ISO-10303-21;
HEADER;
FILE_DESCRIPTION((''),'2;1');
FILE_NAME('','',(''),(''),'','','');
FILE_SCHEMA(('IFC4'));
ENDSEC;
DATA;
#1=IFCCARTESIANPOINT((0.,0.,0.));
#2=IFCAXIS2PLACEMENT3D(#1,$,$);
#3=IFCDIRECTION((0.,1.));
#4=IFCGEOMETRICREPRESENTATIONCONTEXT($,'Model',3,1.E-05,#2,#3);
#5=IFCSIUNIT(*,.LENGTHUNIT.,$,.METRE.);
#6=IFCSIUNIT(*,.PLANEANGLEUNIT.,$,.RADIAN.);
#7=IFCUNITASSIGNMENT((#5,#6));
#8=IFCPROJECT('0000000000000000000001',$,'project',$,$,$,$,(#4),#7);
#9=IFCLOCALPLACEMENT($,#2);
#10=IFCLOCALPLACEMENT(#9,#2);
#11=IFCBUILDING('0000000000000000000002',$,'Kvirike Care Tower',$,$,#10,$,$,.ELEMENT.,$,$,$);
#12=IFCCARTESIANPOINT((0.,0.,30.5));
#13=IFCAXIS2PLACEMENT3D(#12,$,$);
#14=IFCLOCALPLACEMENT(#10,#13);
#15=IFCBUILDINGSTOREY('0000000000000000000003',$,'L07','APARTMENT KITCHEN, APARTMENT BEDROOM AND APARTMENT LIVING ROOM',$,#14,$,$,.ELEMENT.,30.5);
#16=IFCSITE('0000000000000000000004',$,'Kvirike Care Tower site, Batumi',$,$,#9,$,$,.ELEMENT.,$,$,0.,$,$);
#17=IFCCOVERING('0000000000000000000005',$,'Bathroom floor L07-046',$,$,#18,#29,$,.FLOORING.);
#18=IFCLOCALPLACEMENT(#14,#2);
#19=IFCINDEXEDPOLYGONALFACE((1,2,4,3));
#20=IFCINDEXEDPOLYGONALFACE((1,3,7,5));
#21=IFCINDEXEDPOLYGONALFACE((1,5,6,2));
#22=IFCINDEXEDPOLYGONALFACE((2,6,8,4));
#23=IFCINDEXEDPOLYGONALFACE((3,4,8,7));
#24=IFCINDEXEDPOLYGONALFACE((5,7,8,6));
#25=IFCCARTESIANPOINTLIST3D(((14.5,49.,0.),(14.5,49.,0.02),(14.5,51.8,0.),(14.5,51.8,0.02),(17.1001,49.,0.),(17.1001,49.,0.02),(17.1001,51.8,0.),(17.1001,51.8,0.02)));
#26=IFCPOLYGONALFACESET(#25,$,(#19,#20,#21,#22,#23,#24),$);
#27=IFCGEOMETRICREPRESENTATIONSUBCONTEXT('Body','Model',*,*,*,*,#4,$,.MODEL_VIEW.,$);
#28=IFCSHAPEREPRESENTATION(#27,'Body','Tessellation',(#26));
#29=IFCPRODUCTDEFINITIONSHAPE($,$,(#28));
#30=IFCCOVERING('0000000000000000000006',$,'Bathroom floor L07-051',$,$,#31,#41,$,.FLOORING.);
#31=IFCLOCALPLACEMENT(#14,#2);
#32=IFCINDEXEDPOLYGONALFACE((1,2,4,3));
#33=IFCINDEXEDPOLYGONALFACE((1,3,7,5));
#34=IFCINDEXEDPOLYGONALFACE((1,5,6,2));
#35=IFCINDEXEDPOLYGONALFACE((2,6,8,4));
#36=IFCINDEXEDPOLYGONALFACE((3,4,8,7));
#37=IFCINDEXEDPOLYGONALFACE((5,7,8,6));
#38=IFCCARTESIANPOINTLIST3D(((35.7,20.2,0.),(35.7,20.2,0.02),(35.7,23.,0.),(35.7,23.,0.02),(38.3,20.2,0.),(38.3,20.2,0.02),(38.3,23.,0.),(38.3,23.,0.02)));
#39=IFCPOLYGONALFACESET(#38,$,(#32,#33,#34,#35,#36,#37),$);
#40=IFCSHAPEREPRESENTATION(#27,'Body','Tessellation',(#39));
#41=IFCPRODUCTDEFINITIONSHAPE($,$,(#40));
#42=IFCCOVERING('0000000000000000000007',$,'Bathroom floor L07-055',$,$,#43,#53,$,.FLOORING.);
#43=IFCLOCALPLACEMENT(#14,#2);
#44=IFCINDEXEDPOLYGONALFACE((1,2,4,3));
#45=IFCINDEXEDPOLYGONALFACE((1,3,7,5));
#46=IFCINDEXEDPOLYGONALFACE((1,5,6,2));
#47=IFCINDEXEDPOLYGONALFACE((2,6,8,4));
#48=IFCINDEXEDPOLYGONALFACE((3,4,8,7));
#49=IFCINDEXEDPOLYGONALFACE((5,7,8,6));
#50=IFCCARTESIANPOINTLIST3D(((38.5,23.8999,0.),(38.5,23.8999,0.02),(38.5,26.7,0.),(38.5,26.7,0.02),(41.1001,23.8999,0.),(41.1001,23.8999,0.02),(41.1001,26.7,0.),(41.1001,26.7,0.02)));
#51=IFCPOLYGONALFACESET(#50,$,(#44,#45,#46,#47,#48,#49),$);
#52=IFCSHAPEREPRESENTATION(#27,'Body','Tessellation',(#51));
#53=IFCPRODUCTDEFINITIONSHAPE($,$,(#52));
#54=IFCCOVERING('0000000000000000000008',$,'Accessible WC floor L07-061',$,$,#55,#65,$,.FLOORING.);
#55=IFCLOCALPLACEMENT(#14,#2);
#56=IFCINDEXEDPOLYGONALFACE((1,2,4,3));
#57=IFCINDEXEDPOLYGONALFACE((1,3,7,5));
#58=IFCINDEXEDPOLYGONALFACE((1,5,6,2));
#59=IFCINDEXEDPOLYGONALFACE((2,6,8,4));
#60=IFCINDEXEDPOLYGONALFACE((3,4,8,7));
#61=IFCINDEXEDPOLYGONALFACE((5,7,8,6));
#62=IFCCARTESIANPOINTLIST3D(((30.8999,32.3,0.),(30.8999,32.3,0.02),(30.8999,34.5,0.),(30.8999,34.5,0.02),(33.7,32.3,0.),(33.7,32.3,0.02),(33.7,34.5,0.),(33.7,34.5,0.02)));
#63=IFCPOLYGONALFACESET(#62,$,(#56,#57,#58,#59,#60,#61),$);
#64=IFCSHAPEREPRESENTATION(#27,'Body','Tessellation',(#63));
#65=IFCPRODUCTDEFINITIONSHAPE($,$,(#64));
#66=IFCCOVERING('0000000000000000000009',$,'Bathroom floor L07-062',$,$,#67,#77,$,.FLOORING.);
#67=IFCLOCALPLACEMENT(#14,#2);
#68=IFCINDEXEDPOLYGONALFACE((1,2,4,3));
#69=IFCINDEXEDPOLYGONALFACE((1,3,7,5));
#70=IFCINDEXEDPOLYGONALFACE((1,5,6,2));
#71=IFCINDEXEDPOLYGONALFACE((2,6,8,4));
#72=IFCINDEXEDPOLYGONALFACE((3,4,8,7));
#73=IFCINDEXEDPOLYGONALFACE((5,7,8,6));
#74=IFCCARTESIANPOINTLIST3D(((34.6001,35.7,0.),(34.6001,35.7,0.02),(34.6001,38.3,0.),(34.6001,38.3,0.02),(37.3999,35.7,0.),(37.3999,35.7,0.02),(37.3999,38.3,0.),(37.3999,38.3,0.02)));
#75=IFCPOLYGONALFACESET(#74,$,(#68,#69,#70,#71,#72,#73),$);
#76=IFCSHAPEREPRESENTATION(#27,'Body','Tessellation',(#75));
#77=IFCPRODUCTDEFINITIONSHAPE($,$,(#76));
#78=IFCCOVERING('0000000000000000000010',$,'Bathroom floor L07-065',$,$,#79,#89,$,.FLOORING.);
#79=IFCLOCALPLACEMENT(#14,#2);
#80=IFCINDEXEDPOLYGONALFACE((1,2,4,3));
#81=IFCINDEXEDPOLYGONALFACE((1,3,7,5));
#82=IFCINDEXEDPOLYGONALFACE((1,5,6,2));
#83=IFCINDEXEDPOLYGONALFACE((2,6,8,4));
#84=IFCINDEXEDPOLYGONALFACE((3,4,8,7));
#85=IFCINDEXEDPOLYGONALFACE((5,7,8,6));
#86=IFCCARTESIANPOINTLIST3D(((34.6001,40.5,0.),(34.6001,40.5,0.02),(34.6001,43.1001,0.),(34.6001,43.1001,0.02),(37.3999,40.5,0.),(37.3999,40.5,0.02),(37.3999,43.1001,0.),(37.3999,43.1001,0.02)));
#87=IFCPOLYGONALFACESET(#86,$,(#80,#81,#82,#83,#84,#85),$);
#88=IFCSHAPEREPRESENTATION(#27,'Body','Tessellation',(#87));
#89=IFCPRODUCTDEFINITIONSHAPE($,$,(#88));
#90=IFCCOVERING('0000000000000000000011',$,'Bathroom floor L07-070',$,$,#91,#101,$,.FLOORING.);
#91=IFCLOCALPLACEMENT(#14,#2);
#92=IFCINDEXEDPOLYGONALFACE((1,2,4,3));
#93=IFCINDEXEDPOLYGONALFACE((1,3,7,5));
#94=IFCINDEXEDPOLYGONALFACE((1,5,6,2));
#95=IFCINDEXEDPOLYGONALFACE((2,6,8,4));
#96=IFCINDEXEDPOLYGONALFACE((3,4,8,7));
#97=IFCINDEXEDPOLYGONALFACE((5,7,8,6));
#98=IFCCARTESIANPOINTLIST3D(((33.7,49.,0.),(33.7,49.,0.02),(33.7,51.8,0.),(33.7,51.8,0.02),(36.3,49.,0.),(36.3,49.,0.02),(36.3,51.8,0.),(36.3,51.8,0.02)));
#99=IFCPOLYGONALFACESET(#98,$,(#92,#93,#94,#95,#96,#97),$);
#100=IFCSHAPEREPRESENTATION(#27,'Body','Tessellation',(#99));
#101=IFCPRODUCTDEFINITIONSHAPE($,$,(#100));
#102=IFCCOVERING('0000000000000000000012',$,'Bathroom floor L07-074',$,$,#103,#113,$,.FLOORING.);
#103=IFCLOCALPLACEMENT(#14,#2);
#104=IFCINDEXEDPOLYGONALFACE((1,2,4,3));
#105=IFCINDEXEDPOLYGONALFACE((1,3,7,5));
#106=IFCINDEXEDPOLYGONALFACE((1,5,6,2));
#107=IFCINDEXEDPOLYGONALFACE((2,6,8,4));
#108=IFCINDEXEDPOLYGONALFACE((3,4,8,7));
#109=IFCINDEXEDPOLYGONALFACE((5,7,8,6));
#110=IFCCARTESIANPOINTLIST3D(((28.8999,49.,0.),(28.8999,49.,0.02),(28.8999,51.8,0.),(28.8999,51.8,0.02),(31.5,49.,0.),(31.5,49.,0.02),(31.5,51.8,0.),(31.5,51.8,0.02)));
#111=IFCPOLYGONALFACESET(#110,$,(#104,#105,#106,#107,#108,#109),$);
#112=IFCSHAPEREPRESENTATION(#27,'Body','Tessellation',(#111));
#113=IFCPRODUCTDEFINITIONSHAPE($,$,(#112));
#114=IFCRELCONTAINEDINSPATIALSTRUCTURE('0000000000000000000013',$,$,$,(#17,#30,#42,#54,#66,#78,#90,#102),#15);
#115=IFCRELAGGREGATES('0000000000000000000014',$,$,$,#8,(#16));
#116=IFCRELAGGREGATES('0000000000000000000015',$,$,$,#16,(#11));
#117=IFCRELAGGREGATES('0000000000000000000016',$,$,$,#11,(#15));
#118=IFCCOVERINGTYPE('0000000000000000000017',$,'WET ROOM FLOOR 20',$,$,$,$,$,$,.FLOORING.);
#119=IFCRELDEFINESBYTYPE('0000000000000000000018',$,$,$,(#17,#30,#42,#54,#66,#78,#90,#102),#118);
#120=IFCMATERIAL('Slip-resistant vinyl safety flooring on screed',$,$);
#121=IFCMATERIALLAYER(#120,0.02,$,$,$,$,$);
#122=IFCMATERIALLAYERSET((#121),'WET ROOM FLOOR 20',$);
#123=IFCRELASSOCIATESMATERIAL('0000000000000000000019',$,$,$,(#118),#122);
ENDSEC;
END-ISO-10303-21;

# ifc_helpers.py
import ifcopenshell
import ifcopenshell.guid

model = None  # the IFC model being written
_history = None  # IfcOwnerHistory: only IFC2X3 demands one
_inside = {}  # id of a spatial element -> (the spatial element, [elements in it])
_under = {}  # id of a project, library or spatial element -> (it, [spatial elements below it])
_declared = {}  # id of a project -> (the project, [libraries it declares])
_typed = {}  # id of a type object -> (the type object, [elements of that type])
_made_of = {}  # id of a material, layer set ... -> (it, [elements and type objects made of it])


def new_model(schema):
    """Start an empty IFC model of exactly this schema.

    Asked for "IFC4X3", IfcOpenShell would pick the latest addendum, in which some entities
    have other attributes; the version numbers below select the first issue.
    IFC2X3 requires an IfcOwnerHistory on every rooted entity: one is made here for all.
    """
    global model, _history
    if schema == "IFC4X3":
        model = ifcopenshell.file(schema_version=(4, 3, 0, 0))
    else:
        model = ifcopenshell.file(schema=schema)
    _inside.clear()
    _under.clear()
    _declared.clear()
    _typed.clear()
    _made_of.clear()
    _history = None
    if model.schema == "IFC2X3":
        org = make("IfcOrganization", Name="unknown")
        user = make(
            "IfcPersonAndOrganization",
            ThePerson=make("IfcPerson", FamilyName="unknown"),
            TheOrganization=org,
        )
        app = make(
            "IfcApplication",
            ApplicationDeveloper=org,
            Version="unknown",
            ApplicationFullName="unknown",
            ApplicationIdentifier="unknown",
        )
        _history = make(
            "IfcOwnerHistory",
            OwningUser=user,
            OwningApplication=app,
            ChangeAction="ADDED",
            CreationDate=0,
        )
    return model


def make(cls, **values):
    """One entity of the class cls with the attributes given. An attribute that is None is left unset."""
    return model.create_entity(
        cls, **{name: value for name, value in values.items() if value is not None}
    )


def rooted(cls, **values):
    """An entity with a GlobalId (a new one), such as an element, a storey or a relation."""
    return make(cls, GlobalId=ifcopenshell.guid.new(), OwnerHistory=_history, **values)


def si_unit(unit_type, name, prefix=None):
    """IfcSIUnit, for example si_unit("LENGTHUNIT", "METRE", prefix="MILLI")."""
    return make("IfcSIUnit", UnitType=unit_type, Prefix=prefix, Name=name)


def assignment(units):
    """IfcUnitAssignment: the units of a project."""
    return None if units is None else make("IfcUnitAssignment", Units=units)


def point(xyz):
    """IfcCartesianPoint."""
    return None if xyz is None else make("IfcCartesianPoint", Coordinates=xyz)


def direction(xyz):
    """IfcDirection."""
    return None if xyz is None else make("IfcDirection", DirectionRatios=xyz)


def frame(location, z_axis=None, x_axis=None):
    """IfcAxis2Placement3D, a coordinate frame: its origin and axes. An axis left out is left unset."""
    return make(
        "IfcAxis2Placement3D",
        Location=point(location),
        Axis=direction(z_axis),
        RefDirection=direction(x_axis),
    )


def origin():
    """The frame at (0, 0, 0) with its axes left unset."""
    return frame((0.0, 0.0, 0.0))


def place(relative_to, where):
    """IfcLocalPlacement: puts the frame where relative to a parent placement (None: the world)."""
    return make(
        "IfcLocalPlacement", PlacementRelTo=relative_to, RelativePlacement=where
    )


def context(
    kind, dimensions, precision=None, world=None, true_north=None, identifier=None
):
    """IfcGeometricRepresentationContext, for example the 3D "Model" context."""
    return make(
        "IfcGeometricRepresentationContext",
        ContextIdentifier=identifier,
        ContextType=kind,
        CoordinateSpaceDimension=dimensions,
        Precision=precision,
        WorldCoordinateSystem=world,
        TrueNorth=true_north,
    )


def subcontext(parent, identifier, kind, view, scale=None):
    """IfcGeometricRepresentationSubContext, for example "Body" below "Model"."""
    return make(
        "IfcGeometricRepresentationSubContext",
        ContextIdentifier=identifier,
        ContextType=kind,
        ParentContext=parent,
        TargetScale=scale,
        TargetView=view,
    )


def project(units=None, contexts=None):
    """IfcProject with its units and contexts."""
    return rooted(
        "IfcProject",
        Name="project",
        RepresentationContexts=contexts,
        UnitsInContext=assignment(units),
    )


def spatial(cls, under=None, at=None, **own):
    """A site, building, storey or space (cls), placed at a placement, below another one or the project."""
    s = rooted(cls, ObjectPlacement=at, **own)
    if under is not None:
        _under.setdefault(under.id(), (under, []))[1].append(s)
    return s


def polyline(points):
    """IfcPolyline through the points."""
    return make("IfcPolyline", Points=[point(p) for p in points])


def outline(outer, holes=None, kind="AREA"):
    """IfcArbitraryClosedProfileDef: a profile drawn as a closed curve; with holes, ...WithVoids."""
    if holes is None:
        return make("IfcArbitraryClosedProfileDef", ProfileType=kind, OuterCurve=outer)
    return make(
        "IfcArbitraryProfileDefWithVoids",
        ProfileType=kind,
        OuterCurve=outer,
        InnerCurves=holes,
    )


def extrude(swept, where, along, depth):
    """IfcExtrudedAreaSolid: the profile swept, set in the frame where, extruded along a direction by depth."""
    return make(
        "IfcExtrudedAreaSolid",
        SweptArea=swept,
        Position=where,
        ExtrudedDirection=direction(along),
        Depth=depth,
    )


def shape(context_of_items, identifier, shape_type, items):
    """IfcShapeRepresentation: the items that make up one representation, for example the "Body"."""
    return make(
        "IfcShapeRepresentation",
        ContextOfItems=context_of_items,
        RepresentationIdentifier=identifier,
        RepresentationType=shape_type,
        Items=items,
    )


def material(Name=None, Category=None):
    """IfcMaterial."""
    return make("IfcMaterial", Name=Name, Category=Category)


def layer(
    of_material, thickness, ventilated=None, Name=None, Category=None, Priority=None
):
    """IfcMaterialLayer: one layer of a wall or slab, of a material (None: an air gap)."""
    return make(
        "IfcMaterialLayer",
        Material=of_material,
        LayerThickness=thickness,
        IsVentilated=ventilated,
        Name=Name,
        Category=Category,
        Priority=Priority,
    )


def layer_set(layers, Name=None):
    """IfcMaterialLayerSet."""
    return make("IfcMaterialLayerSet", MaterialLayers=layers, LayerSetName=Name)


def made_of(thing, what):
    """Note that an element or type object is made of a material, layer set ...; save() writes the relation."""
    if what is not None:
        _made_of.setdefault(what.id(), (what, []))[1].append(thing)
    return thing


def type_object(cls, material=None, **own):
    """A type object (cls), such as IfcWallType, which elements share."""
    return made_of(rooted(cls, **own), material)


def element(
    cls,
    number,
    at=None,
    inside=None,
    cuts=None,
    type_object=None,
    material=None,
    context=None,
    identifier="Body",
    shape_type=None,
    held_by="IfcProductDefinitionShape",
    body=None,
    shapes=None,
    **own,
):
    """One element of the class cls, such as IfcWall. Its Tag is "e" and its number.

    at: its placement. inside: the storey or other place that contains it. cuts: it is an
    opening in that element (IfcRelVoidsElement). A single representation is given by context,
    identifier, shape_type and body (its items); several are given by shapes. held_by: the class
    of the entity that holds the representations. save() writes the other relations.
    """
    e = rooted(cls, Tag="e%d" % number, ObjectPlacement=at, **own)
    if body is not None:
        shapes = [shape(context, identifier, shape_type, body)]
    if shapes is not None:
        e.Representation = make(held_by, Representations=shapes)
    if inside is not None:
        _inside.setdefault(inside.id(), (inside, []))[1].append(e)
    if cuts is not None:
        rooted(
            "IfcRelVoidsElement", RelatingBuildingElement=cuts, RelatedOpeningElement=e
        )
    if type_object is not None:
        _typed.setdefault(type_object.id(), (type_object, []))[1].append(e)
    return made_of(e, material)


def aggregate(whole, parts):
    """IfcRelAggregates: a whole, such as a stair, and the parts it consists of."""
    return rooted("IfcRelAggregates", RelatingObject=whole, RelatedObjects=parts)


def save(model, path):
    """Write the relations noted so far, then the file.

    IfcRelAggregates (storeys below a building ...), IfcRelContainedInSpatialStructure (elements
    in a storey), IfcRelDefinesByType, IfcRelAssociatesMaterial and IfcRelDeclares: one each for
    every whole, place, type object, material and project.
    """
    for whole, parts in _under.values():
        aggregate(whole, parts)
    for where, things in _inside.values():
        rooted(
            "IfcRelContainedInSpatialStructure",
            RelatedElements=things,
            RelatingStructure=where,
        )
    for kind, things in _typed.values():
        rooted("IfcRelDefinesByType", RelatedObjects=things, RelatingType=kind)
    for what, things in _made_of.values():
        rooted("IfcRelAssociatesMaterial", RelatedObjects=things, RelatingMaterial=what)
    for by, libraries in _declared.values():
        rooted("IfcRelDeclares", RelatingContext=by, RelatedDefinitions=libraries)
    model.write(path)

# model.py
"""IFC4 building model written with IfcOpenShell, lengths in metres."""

from ifc_helpers import new_model, si_unit, direction, frame, origin, place, context, subcontext, project, spatial, polyline, outline, extrude, material, layer, layer_set, type_object, element, save


model = new_model("IFC4")

# Units and contexts
model_context = context("Model", 3, precision=1e-05, world=origin(), true_north=direction((0.0, 1.0)))
body_context = subcontext(model_context, "Body", "Model", "MODEL_VIEW")
ifc_project = project(units=[si_unit("LENGTHUNIT", "METRE"), si_unit("PLANEANGLEUNIT", "RADIAN")], contexts=[model_context])

# Site, building, storey
site_placement = place(None, origin())
site = spatial("IfcSite", under=ifc_project, at=site_placement, Name="Kvirike Care Tower site, Batumi", CompositionType="ELEMENT", RefElevation=0.0)
building_placement = place(site_placement, origin())
building = spatial("IfcBuilding", under=site, at=building_placement, Name="Kvirike Care Tower", CompositionType="ELEMENT")
storey_placement = place(building_placement, frame((0.0, 0.0, 30.5)))
storey = spatial("IfcBuildingStorey", under=building, at=storey_placement, Name="L07", Description="APARTMENT KITCHEN, APARTMENT BEDROOM AND APARTMENT LIVING ROOM", CompositionType="ELEMENT", Elevation=30.5)

# Coverings
ifc_material_1 = material(Name="Slip-resistant vinyl safety flooring on screed")
ifc_layer_1 = layer(ifc_material_1, 0.02)
ifc_layer_set_1 = layer_set([ifc_layer_1], Name="WET ROOM FLOOR 20")
covering_type = type_object("IfcCoveringType", Name="WET ROOM FLOOR 20", PredefinedType="FLOORING", material=ifc_layer_set_1)
covering_1_placement = place(storey_placement, origin())
element("IfcCovering", 1, at=covering_1_placement, inside=storey, type_object=covering_type, Name="Bathroom floor L07-046", PredefinedType="FLOORING", context=body_context, shape_type="SweptSolid", body=[
    extrude(outline(polyline([(17.1001, 51.8), (17.1001, 49.0), (14.5, 49.0), (14.5, 51.8), (17.1001, 51.8)])), origin(), (0.0, 0.0, 1.0), 0.02),
])
covering_2_placement = place(storey_placement, origin())
element("IfcCovering", 2, at=covering_2_placement, inside=storey, type_object=covering_type, Name="Bathroom floor L07-051", PredefinedType="FLOORING", context=body_context, shape_type="SweptSolid", body=[
    extrude(outline(polyline([(35.7, 20.2), (35.7, 23.0), (38.3, 23.0), (38.3, 20.2), (35.7, 20.2)])), origin(), (0.0, 0.0, 1.0), 0.02),
])
covering_3_placement = place(storey_placement, origin())
element("IfcCovering", 3, at=covering_3_placement, inside=storey, type_object=covering_type, Name="Bathroom floor L07-055", PredefinedType="FLOORING", context=body_context, shape_type="SweptSolid", body=[
    extrude(outline(polyline([(38.5, 23.8999), (38.5, 26.7), (41.1001, 26.7), (41.1001, 23.8999), (38.5, 23.8999)])), origin(), (0.0, 0.0, 1.0), 0.02),
])
covering_4_placement = place(storey_placement, origin())
element("IfcCovering", 4, at=covering_4_placement, inside=storey, type_object=covering_type, Name="Accessible WC floor L07-061", PredefinedType="FLOORING", context=body_context, shape_type="SweptSolid", body=[
    extrude(outline(polyline([(33.7, 32.3), (30.8999, 32.3), (30.8999, 34.5), (33.7, 34.5), (33.7, 32.3)])), origin(), (0.0, 0.0, 1.0), 0.02),
])
covering_5_placement = place(storey_placement, origin())
element("IfcCovering", 5, at=covering_5_placement, inside=storey, type_object=covering_type, Name="Bathroom floor L07-062", PredefinedType="FLOORING", context=body_context, shape_type="SweptSolid", body=[
    extrude(outline(polyline([(37.3999, 35.7), (34.6001, 35.7), (34.6001, 38.3), (37.3999, 38.3), (37.3999, 35.7)])), origin(), (0.0, 0.0, 1.0), 0.02),
])
covering_6_placement = place(storey_placement, origin())
element("IfcCovering", 6, at=covering_6_placement, inside=storey, type_object=covering_type, Name="Bathroom floor L07-065", PredefinedType="FLOORING", context=body_context, shape_type="SweptSolid", body=[
    extrude(outline(polyline([(37.3999, 40.5), (34.6001, 40.5), (34.6001, 43.1001), (37.3999, 43.1001), (37.3999, 40.5)])), origin(), (0.0, 0.0, 1.0), 0.02),
])
covering_7_placement = place(storey_placement, origin())
element("IfcCovering", 7, at=covering_7_placement, inside=storey, type_object=covering_type, Name="Bathroom floor L07-070", PredefinedType="FLOORING", context=body_context, shape_type="SweptSolid", body=[
    extrude(outline(polyline([(36.3, 51.8), (36.3, 49.0), (33.7, 49.0), (33.7, 51.8), (36.3, 51.8)])), origin(), (0.0, 0.0, 1.0), 0.02),
])
covering_8_placement = place(storey_placement, origin())
element("IfcCovering", 8, at=covering_8_placement, inside=storey, type_object=covering_type, Name="Bathroom floor L07-074", PredefinedType="FLOORING", context=body_context, shape_type="SweptSolid", body=[
    extrude(outline(polyline([(31.5, 51.8), (31.5, 49.0), (28.8999, 49.0), (28.8999, 51.8), (31.5, 51.8)])), origin(), (0.0, 0.0, 1.0), 0.02),
])

save(model, "model.ifc")
